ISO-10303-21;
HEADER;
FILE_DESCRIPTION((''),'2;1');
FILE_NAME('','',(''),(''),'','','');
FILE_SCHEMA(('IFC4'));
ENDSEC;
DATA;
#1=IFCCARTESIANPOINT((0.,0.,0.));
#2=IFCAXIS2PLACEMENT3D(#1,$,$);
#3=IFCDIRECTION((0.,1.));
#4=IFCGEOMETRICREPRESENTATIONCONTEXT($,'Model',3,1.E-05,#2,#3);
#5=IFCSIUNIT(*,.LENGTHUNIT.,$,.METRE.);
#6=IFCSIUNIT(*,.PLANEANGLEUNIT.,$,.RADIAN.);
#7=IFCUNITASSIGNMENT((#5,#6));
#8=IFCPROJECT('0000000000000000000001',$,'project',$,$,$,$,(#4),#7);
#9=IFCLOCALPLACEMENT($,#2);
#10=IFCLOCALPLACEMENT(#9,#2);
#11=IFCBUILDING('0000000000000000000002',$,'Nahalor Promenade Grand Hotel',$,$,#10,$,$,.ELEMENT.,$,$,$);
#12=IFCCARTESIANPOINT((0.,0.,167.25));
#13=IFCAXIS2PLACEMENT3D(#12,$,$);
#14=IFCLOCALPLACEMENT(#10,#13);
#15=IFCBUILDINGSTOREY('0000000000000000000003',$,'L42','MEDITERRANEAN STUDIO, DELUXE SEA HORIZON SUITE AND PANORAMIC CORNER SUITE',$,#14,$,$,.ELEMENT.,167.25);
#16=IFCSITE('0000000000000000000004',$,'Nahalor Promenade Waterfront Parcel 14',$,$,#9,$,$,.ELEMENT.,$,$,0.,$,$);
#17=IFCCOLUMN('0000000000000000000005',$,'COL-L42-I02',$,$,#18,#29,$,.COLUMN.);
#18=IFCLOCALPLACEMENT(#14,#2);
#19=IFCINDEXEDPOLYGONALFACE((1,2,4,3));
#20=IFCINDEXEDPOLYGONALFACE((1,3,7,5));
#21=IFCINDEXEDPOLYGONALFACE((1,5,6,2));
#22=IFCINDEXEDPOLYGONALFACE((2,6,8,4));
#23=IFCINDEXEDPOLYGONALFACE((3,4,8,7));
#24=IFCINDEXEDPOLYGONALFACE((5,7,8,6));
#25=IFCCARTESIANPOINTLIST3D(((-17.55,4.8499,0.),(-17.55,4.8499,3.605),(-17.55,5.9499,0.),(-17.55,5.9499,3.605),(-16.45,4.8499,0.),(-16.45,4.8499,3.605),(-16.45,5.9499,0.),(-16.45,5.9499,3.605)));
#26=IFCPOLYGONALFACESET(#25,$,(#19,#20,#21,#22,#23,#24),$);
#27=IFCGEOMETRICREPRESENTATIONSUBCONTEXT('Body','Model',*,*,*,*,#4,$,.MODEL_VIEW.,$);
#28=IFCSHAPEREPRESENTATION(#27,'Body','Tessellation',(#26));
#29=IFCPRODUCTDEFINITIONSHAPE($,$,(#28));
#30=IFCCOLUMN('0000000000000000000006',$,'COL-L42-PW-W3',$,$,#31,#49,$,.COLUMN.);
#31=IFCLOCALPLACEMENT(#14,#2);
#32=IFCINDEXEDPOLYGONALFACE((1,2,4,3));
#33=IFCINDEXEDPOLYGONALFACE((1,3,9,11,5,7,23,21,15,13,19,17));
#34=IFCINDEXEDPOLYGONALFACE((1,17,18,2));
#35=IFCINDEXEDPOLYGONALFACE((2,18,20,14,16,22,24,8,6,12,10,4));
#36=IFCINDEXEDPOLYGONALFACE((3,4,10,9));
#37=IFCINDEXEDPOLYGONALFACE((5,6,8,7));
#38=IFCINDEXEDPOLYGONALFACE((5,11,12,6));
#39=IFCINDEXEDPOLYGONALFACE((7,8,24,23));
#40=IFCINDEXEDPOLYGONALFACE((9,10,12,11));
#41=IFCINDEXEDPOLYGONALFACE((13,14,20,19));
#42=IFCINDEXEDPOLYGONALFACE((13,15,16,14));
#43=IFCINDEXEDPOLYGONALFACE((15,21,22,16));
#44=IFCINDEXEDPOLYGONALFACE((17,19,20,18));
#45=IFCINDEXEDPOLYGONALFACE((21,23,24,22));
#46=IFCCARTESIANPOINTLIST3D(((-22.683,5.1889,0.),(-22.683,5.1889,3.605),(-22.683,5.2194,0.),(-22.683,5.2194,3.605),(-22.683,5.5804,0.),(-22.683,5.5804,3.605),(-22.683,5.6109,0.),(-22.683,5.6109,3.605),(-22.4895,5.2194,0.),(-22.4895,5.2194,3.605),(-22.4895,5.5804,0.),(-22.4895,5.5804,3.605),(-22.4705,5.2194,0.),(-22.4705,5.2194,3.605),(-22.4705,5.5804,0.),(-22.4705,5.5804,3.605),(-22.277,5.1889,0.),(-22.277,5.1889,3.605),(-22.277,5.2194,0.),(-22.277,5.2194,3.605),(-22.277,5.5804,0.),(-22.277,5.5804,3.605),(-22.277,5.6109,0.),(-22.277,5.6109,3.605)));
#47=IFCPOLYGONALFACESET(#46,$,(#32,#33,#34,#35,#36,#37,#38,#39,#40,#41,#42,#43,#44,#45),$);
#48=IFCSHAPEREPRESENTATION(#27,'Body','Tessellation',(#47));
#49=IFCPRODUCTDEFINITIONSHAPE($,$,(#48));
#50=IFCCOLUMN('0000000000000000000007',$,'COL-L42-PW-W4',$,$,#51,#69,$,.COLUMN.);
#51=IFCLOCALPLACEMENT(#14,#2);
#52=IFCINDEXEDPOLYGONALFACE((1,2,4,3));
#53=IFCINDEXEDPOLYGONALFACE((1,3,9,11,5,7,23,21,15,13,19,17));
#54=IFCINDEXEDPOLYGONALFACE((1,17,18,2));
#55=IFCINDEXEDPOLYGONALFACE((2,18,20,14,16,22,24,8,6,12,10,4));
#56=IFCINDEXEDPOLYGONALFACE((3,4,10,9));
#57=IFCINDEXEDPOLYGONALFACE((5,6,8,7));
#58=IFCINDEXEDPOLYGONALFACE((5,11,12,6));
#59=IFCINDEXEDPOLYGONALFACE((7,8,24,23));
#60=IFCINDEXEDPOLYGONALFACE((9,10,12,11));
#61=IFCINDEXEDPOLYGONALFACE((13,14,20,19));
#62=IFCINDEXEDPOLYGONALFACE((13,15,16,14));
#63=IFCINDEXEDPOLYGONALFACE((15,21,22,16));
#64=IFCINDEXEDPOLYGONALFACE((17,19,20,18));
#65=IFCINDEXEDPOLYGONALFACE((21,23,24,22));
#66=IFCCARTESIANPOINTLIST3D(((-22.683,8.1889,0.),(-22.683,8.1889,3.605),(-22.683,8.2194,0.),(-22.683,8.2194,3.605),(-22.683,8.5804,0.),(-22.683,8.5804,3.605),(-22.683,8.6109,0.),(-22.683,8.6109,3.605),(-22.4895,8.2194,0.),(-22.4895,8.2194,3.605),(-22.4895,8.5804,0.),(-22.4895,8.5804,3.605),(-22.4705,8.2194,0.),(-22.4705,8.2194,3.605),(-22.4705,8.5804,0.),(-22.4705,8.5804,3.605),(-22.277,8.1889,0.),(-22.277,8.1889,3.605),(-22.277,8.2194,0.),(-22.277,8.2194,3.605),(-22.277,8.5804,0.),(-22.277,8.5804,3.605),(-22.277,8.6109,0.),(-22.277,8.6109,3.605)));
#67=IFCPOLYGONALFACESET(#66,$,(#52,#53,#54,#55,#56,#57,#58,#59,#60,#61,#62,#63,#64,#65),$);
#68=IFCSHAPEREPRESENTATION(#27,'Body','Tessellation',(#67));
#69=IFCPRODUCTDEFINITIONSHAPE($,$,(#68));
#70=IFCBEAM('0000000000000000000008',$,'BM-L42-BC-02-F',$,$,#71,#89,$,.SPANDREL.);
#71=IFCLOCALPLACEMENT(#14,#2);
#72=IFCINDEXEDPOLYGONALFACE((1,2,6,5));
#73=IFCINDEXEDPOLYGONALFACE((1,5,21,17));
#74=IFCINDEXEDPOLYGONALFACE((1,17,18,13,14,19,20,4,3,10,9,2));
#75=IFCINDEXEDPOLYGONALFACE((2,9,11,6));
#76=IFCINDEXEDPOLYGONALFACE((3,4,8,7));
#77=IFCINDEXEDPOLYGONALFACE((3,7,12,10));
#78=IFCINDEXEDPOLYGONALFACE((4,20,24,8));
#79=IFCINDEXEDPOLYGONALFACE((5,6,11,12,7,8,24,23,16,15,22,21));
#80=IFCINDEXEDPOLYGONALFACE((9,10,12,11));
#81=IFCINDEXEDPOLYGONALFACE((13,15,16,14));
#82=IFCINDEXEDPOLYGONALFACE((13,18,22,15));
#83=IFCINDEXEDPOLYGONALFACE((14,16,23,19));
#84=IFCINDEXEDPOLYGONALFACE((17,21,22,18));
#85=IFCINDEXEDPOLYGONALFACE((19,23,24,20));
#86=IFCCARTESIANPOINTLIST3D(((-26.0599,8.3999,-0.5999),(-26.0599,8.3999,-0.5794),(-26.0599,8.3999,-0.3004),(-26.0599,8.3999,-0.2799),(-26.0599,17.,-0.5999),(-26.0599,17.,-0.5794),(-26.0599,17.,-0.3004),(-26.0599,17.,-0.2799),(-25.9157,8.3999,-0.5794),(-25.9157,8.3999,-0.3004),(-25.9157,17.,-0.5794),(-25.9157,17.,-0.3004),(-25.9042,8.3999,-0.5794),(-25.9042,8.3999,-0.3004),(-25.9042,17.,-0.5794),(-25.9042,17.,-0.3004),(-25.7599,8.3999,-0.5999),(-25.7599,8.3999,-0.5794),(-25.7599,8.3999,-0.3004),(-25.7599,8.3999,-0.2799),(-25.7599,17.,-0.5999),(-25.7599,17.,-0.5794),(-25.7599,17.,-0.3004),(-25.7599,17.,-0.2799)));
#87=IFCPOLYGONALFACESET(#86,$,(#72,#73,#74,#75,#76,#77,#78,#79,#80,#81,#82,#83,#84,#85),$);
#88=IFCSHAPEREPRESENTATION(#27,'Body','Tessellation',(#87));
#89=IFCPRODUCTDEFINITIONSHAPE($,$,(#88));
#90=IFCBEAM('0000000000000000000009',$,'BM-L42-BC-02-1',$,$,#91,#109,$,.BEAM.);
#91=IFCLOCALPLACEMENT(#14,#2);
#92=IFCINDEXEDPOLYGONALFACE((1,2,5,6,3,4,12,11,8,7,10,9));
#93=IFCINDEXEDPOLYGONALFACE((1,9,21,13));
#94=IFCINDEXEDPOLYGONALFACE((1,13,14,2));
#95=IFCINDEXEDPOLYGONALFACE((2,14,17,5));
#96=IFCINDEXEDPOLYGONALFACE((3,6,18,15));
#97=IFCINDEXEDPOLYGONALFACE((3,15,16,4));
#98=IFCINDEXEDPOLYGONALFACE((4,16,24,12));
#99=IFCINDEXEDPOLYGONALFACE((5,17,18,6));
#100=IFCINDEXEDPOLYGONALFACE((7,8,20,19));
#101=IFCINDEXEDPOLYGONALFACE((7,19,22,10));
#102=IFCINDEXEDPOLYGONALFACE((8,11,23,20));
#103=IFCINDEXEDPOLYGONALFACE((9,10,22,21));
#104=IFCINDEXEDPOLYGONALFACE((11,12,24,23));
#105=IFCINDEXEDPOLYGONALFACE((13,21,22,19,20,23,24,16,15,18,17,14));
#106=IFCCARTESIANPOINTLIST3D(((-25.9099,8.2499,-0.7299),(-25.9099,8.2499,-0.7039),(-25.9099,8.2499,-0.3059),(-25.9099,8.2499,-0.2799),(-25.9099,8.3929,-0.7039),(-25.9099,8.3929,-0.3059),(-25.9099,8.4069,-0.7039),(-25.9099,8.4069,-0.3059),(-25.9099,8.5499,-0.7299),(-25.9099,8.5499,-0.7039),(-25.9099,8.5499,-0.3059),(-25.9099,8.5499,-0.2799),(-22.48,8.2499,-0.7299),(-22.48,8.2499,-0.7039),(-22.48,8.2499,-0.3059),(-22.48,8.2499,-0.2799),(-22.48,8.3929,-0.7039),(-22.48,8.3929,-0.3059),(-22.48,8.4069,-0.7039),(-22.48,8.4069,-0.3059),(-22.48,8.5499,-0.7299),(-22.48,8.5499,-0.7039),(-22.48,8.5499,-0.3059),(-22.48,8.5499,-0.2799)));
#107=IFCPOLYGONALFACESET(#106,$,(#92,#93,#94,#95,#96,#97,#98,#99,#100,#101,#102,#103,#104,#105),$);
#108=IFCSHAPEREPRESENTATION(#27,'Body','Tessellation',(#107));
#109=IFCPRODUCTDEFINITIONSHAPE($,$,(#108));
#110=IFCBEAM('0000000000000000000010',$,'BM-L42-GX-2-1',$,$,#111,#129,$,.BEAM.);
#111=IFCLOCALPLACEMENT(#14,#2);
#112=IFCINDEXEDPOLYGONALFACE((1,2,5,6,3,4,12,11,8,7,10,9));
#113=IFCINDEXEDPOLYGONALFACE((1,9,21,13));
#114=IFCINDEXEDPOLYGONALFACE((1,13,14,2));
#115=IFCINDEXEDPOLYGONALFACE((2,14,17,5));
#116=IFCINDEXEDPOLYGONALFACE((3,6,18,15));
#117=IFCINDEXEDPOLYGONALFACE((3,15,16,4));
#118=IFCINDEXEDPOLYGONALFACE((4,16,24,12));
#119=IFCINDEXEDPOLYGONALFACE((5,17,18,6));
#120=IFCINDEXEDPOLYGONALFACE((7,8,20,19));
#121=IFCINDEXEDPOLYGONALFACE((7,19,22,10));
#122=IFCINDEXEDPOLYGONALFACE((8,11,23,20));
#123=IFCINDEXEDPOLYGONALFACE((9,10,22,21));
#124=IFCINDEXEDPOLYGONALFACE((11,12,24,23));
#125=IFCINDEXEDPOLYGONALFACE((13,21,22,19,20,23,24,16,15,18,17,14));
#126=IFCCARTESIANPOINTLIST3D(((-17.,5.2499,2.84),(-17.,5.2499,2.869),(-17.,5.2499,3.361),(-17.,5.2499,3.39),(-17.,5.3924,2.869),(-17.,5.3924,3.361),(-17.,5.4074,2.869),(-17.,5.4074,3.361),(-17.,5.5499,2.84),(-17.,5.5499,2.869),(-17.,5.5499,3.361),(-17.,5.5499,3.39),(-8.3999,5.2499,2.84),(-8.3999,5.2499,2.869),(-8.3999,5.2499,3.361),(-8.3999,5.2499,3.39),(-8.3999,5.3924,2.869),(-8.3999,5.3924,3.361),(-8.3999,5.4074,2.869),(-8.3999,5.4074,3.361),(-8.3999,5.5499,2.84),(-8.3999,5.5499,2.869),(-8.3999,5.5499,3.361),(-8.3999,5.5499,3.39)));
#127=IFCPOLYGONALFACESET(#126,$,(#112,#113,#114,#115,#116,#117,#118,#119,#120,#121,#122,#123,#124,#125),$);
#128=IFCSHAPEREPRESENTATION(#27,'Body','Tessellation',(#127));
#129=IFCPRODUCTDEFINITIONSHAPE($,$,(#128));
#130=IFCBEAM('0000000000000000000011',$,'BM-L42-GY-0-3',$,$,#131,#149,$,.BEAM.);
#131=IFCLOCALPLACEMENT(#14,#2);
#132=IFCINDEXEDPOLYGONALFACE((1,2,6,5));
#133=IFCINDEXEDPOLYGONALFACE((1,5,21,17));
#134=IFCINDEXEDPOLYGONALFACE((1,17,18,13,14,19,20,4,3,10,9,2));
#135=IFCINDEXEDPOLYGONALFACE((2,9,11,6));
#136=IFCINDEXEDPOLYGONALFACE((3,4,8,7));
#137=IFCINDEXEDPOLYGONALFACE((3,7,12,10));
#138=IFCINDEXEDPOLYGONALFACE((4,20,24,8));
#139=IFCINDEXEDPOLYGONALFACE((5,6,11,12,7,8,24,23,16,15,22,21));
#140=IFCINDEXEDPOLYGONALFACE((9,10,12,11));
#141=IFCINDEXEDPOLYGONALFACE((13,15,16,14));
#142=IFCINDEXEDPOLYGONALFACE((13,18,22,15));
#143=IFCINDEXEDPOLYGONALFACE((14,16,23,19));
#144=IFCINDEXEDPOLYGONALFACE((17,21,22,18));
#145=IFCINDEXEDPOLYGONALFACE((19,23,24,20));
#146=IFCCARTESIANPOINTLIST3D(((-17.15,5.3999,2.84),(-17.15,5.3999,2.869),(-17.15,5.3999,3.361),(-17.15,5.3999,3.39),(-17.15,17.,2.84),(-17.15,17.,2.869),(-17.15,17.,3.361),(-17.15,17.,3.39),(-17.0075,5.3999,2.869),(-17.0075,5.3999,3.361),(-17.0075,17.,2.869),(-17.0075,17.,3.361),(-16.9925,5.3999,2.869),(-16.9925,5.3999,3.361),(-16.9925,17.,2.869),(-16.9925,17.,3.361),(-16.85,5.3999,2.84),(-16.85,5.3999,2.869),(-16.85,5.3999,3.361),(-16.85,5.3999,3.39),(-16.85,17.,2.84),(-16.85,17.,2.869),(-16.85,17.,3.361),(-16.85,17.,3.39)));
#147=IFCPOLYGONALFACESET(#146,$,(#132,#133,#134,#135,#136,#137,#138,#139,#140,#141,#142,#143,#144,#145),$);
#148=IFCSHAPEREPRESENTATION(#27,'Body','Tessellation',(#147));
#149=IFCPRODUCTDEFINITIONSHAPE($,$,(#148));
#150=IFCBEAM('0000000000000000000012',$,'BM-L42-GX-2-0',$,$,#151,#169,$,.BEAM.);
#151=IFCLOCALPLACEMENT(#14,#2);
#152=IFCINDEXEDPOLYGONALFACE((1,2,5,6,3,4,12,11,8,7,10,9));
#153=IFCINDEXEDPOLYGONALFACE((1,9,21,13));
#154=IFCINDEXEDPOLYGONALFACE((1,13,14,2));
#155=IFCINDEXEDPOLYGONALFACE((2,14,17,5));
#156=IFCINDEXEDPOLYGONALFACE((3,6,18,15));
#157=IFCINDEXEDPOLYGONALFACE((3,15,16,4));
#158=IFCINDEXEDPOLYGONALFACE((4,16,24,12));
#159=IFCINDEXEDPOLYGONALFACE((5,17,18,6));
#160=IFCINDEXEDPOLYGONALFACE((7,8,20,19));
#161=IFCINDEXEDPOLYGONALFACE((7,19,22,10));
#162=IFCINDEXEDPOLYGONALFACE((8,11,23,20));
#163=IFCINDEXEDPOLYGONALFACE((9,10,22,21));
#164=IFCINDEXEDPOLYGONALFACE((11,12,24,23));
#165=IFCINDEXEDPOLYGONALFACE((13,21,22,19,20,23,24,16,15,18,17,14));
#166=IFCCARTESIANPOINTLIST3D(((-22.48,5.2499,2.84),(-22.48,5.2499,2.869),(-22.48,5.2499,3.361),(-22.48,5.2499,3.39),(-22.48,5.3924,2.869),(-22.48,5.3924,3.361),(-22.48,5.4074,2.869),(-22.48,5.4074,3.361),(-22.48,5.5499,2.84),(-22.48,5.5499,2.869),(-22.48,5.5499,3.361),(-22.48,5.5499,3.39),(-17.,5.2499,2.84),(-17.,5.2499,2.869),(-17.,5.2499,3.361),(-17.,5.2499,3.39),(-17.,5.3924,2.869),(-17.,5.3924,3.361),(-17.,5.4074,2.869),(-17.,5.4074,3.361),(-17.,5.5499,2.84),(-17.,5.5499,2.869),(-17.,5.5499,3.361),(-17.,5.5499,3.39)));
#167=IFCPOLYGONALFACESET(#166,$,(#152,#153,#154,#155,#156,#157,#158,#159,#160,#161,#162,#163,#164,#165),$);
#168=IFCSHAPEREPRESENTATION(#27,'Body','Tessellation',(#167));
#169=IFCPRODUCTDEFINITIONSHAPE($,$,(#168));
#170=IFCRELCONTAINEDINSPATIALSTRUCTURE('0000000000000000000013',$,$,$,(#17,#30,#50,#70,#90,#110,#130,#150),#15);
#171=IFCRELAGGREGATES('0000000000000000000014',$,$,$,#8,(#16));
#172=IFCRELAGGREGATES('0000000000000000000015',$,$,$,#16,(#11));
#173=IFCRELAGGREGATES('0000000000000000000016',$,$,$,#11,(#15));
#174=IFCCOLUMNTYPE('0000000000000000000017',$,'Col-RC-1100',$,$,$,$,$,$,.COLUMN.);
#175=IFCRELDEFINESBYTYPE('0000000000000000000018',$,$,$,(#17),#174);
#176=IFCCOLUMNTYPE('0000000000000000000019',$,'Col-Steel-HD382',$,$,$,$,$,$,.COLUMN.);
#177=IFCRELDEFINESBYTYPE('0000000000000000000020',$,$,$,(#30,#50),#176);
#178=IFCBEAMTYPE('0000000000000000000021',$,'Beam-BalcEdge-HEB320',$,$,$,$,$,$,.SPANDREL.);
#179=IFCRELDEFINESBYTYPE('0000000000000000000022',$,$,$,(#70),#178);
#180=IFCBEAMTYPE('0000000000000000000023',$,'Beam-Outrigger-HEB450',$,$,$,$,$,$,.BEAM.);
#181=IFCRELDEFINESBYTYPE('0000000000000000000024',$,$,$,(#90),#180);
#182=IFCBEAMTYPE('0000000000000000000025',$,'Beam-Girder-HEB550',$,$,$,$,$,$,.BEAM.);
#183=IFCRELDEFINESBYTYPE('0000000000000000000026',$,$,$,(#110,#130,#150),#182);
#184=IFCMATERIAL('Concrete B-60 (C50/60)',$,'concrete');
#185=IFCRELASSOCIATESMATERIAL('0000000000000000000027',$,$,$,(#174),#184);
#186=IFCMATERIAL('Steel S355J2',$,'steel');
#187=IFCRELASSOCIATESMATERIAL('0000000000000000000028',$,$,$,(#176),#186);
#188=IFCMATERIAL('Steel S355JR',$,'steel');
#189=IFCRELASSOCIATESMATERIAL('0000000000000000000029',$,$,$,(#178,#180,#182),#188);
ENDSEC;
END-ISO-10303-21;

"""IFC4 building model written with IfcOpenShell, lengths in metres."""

from ifc_helpers import new_model, si_unit, direction, frame, origin, origin_2d, place, context, subcontext, project, spatial, rectangle, i_section, extrude, source, transform, mapped, material, material_profile, profile_set, type_object, element, save


model = new_model("IFC4")

# Units and contexts
model_context = context("Model", 3, precision=1e-05, world=origin(), true_north=direction((0.0, 1.0)))
body_context = subcontext(model_context, "Body", "Model", "MODEL_VIEW")
ifc_project = project(units=[si_unit("LENGTHUNIT", "METRE"), si_unit("PLANEANGLEUNIT", "RADIAN")], contexts=[model_context])

# Site, building, storey
site_placement = place(None, origin())
site = spatial("IfcSite", under=ifc_project, at=site_placement, Name="Nahalor Promenade Waterfront Parcel 14", CompositionType="ELEMENT", RefElevation=0.0)
building_placement = place(site_placement, origin())
building = spatial("IfcBuilding", under=site, at=building_placement, Name="Nahalor Promenade Grand Hotel", CompositionType="ELEMENT")
storey_placement = place(building_placement, frame((0.0, 0.0, 167.25)))
storey = spatial("IfcBuildingStorey", under=building, at=storey_placement, Name="L42", Description="MEDITERRANEAN STUDIO, DELUXE SEA HORIZON SUITE AND PANORAMIC CORNER SUITE", CompositionType="ELEMENT", Elevation=167.25)

# Columns
ifc_material_1 = material(Name="Concrete B-60 (C50/60)", Category="concrete")
ifc_material_profile_1 = material_profile(ifc_material_1, rectangle(XDim=1.1, YDim=1.1, at=origin_2d()), Name="RC 1100x1100")
ifc_profile_set_1 = profile_set([ifc_material_profile_1], Name="Concrete B-60 (C50/60)")
column_type_1 = type_object("IfcColumnType", Name="Col-RC-1100", PredefinedType="COLUMN", material=ifc_profile_set_1)
shared_shape_1 = source(origin(), body_context, "Body", "SweptSolid", [
    extrude(rectangle(XDim=1.1, YDim=1.1, at=origin_2d()), origin(), (0.0, 0.0, 1.0), 3.605),
])
column_placement = place(storey_placement, frame((-17.0, 5.3999, 0.0), z_axis=(0.0, 0.0, 1.0), x_axis=(1.0, 0.0, 0.0)))
element("IfcColumn", 1, at=column_placement, inside=storey, type_object=column_type_1, Name="COL-L42-I02", PredefinedType="COLUMN", context=body_context, shape_type="MappedRepresentation", body=[
    mapped(shared_shape_1, transform((0.0, 0.0, 0.0), scale=1.0)),
])
ifc_material_2 = material(Name="Steel S355J2", Category="steel")
ifc_material_profile_2 = material_profile(ifc_material_2, i_section(OverallWidth=0.406, OverallDepth=0.422, WebThickness=0.019, FlangeThickness=0.0305, at=origin_2d()), Name="HD 400x382")
ifc_profile_set_2 = profile_set([ifc_material_profile_2], Name="Steel S355J2")
column_type_2 = type_object("IfcColumnType", Name="Col-Steel-HD382", PredefinedType="COLUMN", material=ifc_profile_set_2)
shared_shape_2 = source(origin(), body_context, "Body", "SweptSolid", [
    extrude(i_section(OverallWidth=0.406, OverallDepth=0.422, WebThickness=0.019, FlangeThickness=0.0305, at=origin_2d()), origin(), (0.0, 0.0, 1.0), 3.605),
])
for number, where, z_axis, x_axis, name in (
    (2, (-22.48, 5.3999, 0.0), (0.0, 0.0, 1.0), (1.0, 0.0, 0.0), "COL-L42-PW-W3"),
    (3, (-22.48, 8.3999, 0.0), (0.0, 0.0, 1.0), (1.0, 0.0, 0.0), "COL-L42-PW-W4"),
):
    element("IfcColumn", number, at=place(storey_placement, frame(where, z_axis=z_axis, x_axis=x_axis)), inside=storey, type_object=column_type_2, Name=name, PredefinedType="COLUMN", context=body_context, shape_type="MappedRepresentation", body=[
        mapped(shared_shape_2, transform((0.0, 0.0, 0.0), scale=1.0)),
    ])

# Beams
ifc_material_3 = material(Name="Steel S355JR", Category="steel")
ifc_material_profile_3 = material_profile(ifc_material_3, i_section(OverallWidth=0.3, OverallDepth=0.32, WebThickness=0.0115, FlangeThickness=0.0205, at=origin_2d()), Name="HEB 320")
ifc_profile_set_3 = profile_set([ifc_material_profile_3], Name="Steel S355JR")
beam_type_1 = type_object("IfcBeamType", Name="Beam-BalcEdge-HEB320", PredefinedType="SPANDREL", material=ifc_profile_set_3)
shared_shape_3 = source(origin(), body_context, "Body", "SweptSolid", [
    extrude(i_section(OverallWidth=0.3, OverallDepth=0.32, WebThickness=0.0115, FlangeThickness=0.0205, at=origin_2d()), origin(), (0.0, 0.0, 1.0), 8.6001),
])
beam_1_placement = place(storey_placement, frame((-25.9099, 8.3999, -0.4399), z_axis=(0.0, 1.0, 0.0), x_axis=(-1.0, 0.0, 0.0)))
element("IfcBeam", 4, at=beam_1_placement, inside=storey, type_object=beam_type_1, Name="BM-L42-BC-02-F", PredefinedType="SPANDREL", context=body_context, shape_type="MappedRepresentation", body=[
    mapped(shared_shape_3, transform((0.0, 0.0, 0.0), scale=1.0)),
])
ifc_material_profile_4 = material_profile(ifc_material_3, i_section(OverallWidth=0.3, OverallDepth=0.45, WebThickness=0.014, FlangeThickness=0.026, at=origin_2d()), Name="HEB 450")
ifc_profile_set_4 = profile_set([ifc_material_profile_4], Name="Steel S355JR")
beam_type_2 = type_object("IfcBeamType", Name="Beam-Outrigger-HEB450", PredefinedType="BEAM", material=ifc_profile_set_4)
shared_shape_4 = source(origin(), body_context, "Body", "SweptSolid", [
    extrude(i_section(OverallWidth=0.3, OverallDepth=0.45, WebThickness=0.014, FlangeThickness=0.026, at=origin_2d()), origin(), (0.0, 0.0, 1.0), 3.4299),
])
beam_2_placement = place(storey_placement, frame((-25.9099, 8.3999, -0.5049), z_axis=(1.0, 0.0, 0.0), x_axis=(0.0, 1.0, 0.0)))
element("IfcBeam", 5, at=beam_2_placement, inside=storey, type_object=beam_type_2, Name="BM-L42-BC-02-1", PredefinedType="BEAM", context=body_context, shape_type="MappedRepresentation", body=[
    mapped(shared_shape_4, transform((0.0, 0.0, 0.0), scale=1.0)),
])
ifc_material_profile_5 = material_profile(ifc_material_3, i_section(OverallWidth=0.3, OverallDepth=0.55, WebThickness=0.015, FlangeThickness=0.029, at=origin_2d()), Name="HEB 550")
ifc_profile_set_5 = profile_set([ifc_material_profile_5], Name="Steel S355JR")
beam_type_3 = type_object("IfcBeamType", Name="Beam-Girder-HEB550", PredefinedType="BEAM", material=ifc_profile_set_5)
shared_shape_5 = source(origin(), body_context, "Body", "SweptSolid", [
    extrude(i_section(OverallWidth=0.3, OverallDepth=0.55, WebThickness=0.015, FlangeThickness=0.029, at=origin_2d()), origin(), (0.0, 0.0, 1.0), 8.6001),
])
beam_3_placement = place(storey_placement, frame((-17.0, 5.3999, 3.115), z_axis=(1.0, 0.0, 0.0), x_axis=(0.0, 1.0, 0.0)))
element("IfcBeam", 6, at=beam_3_placement, inside=storey, type_object=beam_type_3, Name="BM-L42-GX-2-1", PredefinedType="BEAM", context=body_context, shape_type="MappedRepresentation", body=[
    mapped(shared_shape_5, transform((0.0, 0.0, 0.0), scale=1.0)),
])
shared_shape_6 = source(origin(), body_context, "Body", "SweptSolid", [
    extrude(i_section(OverallWidth=0.3, OverallDepth=0.55, WebThickness=0.015, FlangeThickness=0.029, at=origin_2d()), origin(), (0.0, 0.0, 1.0), 11.6001),
])
beam_4_placement = place(storey_placement, frame((-17.0, 5.3999, 3.115), z_axis=(0.0, 1.0, 0.0), x_axis=(-1.0, 0.0, 0.0)))
element("IfcBeam", 7, at=beam_4_placement, inside=storey, type_object=beam_type_3, Name="BM-L42-GY-0-3", PredefinedType="BEAM", context=body_context, shape_type="MappedRepresentation", body=[
    mapped(shared_shape_6, transform((0.0, 0.0, 0.0), scale=1.0)),
])
shared_shape_7 = source(origin(), body_context, "Body", "SweptSolid", [
    extrude(i_section(OverallWidth=0.3, OverallDepth=0.55, WebThickness=0.015, FlangeThickness=0.029, at=origin_2d()), origin(), (0.0, 0.0, 1.0), 5.48),
])
beam_5_placement = place(storey_placement, frame((-22.48, 5.3999, 3.115), z_axis=(1.0, 0.0, 0.0), x_axis=(0.0, 1.0, 0.0)))
element("IfcBeam", 8, at=beam_5_placement, inside=storey, type_object=beam_type_3, Name="BM-L42-GX-2-0", PredefinedType="BEAM", context=body_context, shape_type="MappedRepresentation", body=[
    mapped(shared_shape_7, transform((0.0, 0.0, 0.0), scale=1.0)),
])

save(model, "model.ifc")
